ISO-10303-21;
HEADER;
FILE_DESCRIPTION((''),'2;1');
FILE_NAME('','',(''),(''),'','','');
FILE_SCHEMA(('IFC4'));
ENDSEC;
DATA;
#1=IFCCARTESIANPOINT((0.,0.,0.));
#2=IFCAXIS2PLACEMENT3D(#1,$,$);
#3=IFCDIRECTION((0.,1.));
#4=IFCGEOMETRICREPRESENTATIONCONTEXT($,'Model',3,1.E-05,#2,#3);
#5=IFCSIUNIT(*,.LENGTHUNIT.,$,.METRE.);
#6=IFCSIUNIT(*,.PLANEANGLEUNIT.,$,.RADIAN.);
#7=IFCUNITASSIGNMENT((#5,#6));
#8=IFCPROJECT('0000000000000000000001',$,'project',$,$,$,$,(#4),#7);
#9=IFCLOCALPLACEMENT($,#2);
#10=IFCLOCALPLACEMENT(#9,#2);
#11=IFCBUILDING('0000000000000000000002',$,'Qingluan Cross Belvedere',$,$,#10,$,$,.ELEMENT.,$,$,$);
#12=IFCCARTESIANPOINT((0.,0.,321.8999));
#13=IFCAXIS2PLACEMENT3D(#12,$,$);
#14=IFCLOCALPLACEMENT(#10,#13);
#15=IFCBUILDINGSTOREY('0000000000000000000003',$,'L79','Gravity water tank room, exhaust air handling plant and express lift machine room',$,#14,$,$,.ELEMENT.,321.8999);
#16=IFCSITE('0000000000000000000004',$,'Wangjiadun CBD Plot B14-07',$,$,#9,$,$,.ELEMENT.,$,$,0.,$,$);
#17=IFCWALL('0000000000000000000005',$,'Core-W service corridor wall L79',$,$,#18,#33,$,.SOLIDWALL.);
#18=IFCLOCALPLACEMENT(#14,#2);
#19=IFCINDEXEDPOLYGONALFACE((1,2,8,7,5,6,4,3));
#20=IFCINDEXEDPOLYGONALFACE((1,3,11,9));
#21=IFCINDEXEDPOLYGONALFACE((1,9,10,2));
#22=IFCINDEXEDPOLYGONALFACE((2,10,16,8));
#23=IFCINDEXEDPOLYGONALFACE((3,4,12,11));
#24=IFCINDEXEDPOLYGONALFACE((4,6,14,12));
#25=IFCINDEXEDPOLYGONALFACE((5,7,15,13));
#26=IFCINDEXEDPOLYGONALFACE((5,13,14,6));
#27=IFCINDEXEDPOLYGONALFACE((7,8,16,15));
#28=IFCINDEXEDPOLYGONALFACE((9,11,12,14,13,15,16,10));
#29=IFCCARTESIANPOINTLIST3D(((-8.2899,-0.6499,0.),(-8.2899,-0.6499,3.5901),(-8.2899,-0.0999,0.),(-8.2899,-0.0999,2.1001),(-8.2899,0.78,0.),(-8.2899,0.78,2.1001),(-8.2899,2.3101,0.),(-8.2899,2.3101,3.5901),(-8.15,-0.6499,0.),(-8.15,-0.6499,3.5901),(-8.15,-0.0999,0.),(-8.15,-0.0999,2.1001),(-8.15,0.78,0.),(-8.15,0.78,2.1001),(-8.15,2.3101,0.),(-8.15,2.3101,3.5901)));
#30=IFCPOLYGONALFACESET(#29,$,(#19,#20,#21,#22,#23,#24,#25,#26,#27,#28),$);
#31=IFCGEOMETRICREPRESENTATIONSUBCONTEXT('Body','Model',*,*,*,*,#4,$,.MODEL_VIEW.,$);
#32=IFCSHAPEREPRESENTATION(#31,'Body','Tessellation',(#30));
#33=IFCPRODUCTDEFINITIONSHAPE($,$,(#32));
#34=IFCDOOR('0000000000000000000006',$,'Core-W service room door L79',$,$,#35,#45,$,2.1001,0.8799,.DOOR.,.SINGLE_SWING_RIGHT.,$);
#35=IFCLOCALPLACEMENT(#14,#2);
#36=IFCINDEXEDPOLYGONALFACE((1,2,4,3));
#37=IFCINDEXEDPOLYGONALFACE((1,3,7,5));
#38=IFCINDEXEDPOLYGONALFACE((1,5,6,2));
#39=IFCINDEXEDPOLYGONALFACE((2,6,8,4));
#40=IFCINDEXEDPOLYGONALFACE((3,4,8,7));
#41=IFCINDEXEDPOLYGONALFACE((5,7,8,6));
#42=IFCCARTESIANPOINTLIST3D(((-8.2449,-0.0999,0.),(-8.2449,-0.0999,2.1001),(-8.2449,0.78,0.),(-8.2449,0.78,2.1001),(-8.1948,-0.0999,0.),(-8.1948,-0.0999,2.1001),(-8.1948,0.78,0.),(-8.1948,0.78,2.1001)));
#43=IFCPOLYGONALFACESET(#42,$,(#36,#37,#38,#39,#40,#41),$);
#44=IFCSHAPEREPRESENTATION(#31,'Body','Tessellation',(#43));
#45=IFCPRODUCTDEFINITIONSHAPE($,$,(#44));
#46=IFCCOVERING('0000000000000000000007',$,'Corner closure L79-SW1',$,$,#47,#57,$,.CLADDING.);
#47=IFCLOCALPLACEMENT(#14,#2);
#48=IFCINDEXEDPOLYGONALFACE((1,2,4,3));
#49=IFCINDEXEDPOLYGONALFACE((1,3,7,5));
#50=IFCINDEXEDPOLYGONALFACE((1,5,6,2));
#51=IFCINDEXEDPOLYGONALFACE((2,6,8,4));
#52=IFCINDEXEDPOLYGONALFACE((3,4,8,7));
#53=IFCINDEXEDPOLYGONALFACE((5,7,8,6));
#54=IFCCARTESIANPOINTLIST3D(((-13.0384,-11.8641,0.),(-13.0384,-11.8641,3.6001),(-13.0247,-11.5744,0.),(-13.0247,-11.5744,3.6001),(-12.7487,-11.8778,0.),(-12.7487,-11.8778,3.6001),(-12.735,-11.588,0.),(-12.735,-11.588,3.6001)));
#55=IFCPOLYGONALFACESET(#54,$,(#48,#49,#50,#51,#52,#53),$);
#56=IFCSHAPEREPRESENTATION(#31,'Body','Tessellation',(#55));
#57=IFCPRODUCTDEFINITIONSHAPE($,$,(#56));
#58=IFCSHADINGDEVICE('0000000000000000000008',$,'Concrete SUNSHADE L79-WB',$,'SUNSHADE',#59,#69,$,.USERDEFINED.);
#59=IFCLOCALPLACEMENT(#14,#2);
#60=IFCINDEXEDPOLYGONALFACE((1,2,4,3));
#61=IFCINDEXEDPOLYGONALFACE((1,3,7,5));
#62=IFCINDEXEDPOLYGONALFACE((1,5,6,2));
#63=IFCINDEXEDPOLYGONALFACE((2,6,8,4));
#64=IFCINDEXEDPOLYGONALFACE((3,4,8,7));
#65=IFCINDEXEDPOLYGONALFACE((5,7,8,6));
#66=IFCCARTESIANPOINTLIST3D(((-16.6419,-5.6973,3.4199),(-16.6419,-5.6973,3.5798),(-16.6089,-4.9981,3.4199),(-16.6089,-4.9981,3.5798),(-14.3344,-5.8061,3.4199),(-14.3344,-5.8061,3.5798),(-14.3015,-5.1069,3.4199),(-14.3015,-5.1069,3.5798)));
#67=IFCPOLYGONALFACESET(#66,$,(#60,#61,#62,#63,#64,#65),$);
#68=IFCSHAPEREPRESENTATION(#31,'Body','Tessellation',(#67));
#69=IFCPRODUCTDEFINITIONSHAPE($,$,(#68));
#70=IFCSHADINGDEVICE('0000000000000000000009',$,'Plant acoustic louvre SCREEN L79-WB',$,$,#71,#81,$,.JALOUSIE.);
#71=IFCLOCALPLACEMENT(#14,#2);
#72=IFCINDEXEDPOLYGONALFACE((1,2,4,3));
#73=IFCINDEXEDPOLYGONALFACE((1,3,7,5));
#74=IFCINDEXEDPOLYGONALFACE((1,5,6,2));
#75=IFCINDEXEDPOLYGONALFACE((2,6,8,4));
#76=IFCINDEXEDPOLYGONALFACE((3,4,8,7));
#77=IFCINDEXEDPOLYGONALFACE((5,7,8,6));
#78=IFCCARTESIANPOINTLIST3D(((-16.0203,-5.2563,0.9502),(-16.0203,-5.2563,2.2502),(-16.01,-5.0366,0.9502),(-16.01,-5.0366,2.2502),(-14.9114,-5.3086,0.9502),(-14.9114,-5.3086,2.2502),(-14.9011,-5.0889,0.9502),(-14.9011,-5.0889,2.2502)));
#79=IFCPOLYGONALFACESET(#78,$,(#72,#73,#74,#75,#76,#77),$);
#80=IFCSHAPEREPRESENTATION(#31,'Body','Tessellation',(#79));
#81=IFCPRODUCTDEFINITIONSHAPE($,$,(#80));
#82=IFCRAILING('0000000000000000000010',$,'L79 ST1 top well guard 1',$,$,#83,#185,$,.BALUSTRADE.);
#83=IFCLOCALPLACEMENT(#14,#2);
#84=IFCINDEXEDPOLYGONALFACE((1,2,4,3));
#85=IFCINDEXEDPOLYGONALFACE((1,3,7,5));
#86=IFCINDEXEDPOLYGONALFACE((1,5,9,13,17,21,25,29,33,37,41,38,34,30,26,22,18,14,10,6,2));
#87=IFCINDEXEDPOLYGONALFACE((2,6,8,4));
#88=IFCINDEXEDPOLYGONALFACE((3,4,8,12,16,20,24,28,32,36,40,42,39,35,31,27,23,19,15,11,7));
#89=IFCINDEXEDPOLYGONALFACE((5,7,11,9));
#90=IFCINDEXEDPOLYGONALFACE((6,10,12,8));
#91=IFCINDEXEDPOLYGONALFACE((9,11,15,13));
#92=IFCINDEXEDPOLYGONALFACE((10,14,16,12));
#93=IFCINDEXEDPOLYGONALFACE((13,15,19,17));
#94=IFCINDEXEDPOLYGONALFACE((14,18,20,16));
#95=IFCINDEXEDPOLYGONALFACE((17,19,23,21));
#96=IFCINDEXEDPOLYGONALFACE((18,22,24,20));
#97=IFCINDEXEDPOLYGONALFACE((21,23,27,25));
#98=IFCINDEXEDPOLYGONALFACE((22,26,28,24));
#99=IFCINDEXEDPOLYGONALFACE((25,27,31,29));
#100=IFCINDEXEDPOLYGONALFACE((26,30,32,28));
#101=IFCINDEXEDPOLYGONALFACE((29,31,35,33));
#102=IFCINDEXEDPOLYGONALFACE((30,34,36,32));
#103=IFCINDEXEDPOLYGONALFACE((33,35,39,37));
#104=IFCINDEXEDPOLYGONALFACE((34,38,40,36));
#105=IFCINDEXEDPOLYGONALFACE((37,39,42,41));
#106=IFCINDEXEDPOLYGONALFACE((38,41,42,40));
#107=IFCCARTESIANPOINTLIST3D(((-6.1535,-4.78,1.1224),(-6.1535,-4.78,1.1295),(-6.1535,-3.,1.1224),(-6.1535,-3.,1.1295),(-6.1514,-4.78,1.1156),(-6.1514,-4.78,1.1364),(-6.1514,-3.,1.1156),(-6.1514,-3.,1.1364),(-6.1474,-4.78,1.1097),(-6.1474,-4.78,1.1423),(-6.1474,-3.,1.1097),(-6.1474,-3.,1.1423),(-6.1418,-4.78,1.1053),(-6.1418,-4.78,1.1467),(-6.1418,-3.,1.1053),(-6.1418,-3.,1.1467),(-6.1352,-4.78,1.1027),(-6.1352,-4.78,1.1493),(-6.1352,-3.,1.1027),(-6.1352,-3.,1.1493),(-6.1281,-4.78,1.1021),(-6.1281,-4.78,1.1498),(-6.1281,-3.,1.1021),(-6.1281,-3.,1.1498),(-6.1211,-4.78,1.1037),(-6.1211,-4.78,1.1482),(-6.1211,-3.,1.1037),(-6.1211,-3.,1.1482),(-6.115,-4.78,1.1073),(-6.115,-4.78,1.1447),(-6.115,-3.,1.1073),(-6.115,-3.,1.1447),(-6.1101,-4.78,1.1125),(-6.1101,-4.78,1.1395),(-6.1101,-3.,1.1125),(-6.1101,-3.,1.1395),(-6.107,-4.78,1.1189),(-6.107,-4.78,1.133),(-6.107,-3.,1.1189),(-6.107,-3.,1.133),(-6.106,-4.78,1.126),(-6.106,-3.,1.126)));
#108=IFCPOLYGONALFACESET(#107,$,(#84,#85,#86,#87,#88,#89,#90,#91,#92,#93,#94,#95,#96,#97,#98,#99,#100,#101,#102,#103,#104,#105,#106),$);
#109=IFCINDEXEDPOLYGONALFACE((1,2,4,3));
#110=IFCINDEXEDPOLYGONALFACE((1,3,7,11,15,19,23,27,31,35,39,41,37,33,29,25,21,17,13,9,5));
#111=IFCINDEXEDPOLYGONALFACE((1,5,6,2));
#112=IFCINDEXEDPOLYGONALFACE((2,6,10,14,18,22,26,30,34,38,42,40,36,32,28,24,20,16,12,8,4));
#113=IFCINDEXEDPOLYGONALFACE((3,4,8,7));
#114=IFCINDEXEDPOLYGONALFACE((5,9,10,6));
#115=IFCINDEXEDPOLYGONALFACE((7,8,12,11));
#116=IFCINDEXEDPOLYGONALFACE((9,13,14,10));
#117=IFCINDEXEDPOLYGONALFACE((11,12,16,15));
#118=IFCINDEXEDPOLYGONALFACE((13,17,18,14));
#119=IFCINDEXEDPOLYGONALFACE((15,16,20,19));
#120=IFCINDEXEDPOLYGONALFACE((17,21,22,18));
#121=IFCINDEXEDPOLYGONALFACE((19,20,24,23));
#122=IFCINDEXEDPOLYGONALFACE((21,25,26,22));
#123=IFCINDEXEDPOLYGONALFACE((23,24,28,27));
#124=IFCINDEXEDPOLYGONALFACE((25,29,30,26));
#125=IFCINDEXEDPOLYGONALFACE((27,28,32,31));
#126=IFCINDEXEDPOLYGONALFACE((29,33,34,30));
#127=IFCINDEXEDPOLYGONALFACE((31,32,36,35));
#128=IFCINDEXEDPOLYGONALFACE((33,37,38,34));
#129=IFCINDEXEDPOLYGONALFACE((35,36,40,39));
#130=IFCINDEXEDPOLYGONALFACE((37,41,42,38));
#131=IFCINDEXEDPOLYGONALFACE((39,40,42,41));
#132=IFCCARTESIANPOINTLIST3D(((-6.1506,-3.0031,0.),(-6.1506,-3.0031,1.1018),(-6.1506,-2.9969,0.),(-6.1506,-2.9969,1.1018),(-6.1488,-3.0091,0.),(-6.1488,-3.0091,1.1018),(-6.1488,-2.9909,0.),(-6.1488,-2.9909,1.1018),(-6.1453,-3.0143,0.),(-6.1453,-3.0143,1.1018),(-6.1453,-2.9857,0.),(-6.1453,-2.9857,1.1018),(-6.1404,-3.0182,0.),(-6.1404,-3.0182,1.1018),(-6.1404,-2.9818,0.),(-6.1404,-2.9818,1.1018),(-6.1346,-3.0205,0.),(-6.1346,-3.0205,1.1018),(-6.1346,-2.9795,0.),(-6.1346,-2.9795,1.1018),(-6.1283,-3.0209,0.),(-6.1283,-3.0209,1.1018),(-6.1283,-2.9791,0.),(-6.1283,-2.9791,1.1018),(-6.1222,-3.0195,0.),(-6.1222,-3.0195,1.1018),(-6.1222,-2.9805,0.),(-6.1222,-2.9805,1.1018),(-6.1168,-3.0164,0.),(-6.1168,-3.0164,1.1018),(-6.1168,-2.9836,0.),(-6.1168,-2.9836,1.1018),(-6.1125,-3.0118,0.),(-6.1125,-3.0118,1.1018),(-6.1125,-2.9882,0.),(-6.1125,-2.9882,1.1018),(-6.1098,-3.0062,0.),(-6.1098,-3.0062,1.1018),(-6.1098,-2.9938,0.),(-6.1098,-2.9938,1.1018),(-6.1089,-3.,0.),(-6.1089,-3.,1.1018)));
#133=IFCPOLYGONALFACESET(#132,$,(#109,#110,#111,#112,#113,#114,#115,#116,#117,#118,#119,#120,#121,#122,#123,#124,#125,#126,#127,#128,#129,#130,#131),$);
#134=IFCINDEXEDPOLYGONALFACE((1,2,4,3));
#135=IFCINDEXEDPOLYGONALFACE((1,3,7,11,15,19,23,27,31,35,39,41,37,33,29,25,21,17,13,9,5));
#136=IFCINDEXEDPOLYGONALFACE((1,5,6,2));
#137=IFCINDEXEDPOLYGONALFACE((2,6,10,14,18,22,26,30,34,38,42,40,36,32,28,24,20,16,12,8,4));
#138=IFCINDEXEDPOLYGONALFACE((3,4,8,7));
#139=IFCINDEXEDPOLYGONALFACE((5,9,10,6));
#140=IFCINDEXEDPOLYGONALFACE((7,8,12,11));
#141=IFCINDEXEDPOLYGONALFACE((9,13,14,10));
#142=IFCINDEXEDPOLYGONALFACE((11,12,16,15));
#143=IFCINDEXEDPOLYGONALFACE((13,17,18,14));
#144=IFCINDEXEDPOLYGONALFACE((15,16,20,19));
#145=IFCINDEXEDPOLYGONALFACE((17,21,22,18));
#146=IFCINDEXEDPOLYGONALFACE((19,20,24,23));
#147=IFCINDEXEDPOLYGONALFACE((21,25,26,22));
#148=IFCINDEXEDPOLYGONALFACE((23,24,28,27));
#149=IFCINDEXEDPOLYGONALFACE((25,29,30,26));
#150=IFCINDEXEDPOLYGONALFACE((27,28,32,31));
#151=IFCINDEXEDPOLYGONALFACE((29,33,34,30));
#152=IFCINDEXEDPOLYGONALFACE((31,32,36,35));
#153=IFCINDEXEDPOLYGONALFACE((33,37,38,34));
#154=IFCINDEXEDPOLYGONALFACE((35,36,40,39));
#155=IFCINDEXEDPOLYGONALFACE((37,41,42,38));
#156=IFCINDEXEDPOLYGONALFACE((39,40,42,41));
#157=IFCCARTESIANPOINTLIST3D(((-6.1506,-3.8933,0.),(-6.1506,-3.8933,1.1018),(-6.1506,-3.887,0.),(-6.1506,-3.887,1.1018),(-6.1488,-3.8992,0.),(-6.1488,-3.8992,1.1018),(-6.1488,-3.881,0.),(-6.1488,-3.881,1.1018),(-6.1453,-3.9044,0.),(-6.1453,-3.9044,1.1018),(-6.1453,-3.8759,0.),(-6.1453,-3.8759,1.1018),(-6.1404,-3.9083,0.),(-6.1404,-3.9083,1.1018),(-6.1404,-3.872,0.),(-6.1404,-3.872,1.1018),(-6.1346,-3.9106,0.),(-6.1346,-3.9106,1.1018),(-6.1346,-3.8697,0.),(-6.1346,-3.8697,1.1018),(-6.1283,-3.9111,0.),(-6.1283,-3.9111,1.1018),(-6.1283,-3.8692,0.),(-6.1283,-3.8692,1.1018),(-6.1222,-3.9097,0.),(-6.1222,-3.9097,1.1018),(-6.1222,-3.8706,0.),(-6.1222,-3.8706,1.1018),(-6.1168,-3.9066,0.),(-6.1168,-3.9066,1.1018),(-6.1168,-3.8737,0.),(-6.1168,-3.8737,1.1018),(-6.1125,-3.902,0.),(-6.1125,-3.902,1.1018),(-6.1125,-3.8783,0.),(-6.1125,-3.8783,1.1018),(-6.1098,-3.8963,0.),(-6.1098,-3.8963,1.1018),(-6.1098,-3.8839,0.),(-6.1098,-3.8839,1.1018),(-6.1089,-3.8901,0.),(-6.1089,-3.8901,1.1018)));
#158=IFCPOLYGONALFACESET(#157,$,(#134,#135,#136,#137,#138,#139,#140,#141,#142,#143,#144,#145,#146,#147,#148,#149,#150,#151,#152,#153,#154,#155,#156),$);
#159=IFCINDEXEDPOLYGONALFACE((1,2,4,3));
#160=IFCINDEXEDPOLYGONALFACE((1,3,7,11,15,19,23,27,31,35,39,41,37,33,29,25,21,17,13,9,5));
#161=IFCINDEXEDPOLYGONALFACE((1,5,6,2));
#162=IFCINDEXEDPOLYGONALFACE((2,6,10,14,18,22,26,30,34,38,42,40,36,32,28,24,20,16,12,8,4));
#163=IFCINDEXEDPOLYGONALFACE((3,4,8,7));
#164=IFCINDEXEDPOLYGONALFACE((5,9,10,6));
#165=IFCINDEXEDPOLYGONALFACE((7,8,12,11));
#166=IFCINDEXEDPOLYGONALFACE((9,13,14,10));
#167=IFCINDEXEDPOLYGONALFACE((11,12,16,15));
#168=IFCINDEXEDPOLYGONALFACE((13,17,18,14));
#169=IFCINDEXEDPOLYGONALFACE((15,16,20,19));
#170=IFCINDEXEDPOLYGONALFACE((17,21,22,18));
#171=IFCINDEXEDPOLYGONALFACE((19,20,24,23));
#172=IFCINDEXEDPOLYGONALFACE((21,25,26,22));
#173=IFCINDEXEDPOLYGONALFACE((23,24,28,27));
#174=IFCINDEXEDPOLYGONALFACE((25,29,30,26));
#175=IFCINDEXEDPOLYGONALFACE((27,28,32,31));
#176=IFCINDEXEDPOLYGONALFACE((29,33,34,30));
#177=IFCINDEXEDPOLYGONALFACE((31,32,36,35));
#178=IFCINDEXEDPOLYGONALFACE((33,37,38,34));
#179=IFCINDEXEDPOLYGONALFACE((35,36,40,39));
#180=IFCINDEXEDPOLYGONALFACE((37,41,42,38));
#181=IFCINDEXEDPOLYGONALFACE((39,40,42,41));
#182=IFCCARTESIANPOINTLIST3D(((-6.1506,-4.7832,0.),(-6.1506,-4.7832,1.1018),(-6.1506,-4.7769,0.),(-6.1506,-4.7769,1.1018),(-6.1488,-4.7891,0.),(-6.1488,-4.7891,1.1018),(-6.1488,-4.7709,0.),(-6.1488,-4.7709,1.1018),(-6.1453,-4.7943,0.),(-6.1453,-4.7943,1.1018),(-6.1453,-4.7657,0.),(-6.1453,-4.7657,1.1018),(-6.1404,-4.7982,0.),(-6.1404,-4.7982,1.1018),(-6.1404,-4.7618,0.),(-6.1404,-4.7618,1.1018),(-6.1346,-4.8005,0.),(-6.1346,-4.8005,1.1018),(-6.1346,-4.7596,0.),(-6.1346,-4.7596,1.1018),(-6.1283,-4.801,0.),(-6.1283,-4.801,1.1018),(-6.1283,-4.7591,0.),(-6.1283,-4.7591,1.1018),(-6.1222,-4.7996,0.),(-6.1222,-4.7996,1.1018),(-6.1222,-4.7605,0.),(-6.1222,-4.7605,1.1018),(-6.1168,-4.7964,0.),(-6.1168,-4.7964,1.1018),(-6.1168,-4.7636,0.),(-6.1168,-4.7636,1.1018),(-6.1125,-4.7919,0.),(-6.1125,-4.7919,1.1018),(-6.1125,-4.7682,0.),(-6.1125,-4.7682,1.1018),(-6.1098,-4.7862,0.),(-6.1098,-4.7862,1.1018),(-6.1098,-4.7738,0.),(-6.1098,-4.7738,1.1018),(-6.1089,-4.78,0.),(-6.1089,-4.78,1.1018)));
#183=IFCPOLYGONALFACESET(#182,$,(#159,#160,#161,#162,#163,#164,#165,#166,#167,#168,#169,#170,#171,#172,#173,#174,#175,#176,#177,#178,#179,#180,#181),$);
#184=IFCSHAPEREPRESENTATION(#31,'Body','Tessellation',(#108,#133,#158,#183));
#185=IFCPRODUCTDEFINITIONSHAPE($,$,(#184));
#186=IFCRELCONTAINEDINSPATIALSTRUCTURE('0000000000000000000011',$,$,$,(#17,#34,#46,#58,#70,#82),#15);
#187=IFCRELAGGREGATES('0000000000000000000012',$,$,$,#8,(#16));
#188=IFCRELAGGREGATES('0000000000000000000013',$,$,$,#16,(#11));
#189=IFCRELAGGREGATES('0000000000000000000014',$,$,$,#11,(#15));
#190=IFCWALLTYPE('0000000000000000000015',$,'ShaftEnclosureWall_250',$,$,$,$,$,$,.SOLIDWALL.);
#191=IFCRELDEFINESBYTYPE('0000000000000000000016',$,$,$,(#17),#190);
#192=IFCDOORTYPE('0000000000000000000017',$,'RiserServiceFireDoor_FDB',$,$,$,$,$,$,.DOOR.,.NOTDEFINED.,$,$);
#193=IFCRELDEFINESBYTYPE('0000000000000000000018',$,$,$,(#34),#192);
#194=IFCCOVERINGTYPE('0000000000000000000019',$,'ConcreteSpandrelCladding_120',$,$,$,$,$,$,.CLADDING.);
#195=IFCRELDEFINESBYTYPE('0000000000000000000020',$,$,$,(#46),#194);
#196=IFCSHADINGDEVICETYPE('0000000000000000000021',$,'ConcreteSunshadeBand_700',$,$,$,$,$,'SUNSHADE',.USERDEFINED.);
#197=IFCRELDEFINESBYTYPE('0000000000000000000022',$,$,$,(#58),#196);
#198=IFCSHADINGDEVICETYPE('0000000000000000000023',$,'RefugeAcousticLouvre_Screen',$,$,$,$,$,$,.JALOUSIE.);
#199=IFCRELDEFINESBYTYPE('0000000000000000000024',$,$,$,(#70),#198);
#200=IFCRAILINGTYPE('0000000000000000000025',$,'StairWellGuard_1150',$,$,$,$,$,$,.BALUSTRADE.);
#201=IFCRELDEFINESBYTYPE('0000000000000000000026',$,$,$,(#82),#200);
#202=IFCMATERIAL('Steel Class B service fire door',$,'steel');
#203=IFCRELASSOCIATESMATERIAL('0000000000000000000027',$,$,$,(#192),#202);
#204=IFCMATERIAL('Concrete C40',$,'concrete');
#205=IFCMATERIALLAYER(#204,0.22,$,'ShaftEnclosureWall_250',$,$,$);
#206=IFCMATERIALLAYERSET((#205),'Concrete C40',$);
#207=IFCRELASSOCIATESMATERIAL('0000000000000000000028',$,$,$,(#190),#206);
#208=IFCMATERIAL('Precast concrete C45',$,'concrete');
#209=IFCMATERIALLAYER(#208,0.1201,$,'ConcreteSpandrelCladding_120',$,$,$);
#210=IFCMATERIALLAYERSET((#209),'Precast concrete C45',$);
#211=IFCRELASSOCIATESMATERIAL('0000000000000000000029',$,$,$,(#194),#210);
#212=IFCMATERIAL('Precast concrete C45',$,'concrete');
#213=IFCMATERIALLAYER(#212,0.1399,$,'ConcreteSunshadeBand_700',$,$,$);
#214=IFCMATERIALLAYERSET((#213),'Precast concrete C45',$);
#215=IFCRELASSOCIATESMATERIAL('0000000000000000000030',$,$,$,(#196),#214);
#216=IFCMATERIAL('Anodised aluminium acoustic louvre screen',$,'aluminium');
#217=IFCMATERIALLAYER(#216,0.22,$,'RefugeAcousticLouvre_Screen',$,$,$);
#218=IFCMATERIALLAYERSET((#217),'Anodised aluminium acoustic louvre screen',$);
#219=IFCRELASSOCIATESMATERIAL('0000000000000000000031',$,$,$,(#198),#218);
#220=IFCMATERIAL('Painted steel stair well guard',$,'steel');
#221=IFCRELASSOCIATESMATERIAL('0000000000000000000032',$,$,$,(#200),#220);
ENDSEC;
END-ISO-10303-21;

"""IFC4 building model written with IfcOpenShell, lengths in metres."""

from ifc_helpers import new_model, si_unit, direction, frame, frame_2d, origin, origin_2d, place, context, subcontext, project, spatial, rectangle, circle, extrude, material, layer, layer_set, type_object, element, fill, save


model = new_model("IFC4")

# Units and contexts
model_context = context("Model", 3, precision=1e-05, world=origin(), true_north=direction((0.0, 1.0)))
body_context = subcontext(model_context, "Body", "Model", "MODEL_VIEW")
ifc_project = project(units=[si_unit("LENGTHUNIT", "METRE"), si_unit("PLANEANGLEUNIT", "RADIAN")], contexts=[model_context])

# Site, building, storey
site_placement = place(None, origin())
site = spatial("IfcSite", under=ifc_project, at=site_placement, Name="Wangjiadun CBD Plot B14-07", CompositionType="ELEMENT", RefElevation=0.0)
building_placement = place(site_placement, origin())
building = spatial("IfcBuilding", under=site, at=building_placement, Name="Qingluan Cross Belvedere", CompositionType="ELEMENT")
storey_placement = place(building_placement, frame((0.0, 0.0, 321.8999)))
storey = spatial("IfcBuildingStorey", under=building, at=storey_placement, Name="L79", Description="Gravity water tank room, exhaust air handling plant and express lift machine room", CompositionType="ELEMENT", Elevation=321.8999)

# Shared definitions
ifc_material_1 = material(Name="Steel Class B service fire door", Category="steel")
door_type_1 = type_object("IfcDoorType", Name="RiserServiceFireDoor_FDB", OperationType="NOTDEFINED", PredefinedType="DOOR", material=ifc_material_1)

# Shared definitions
ifc_material_2 = material(Name="Concrete C40", Category="concrete")
ifc_layer_1 = layer(ifc_material_2, 0.22, Name="ShaftEnclosureWall_250")
ifc_layer_set_1 = layer_set([ifc_layer_1], Name="Concrete C40")
wall_type_1 = type_object("IfcWallType", Name="ShaftEnclosureWall_250", PredefinedType="SOLIDWALL", material=ifc_layer_set_1)

# Wall, opening, door
wall_1_placement = place(storey_placement, frame((-8.22, -0.6499, 0.0), z_axis=(0.0, 0.0, 1.0), x_axis=(0.0, 1.0, 0.0)))
wall_1 = element("IfcWall", 1, at=wall_1_placement, inside=storey, type_object=wall_type_1, Name="Core-W service corridor wall L79", PredefinedType="SOLIDWALL", context=body_context, shape_type="SweptSolid", body=[
    extrude(rectangle(XDim=2.96, YDim=0.1399, at=frame_2d((1.48, 0.0))), origin(), (0.0, 0.0, 1.0), 3.5901),
])
opening_1_placement = place(wall_1_placement, frame((0.55, 0.0, 0.0)))
opening_1 = element("IfcOpeningElement", 2, at=opening_1_placement, cuts=wall_1, PredefinedType="OPENING", context=body_context, shape_type="SweptSolid", body=[
    extrude(rectangle(XDim=0.8799, YDim=2.1001, at=frame_2d((0.4399, 1.05))), frame((0.0, 0.0798, 0.0), z_axis=(0.0, -1.0, 0.0), x_axis=(1.0, 0.0, 0.0)), (0.0, 0.0, 1.0), 0.1599),
])
door_1_placement = place(opening_1_placement, origin())
door_1 = element("IfcDoor", 3, at=door_1_placement, inside=storey, type_object=door_type_1, Name="Core-W service room door L79", OperationType="SINGLE_SWING_RIGHT", OverallHeight=2.1001, OverallWidth=0.8799, PredefinedType="DOOR", context=body_context, shape_type="SweptSolid", body=[
    extrude(rectangle(XDim=0.8799, YDim=2.1001, at=frame_2d((0.4399, 1.05))), frame((0.0, 0.0249, 0.0), z_axis=(0.0, -1.0, 0.0), x_axis=(1.0, 0.0, 0.0)), (0.0, 0.0, 1.0), 0.05),
])
fill(opening_1, door_1)

# Covering
ifc_material_3 = material(Name="Precast concrete C45", Category="concrete")
ifc_layer_2 = layer(ifc_material_3, 0.1201, Name="ConcreteSpandrelCladding_120")
ifc_layer_set_2 = layer_set([ifc_layer_2], Name="Precast concrete C45")
covering_type = type_object("IfcCoveringType", Name="ConcreteSpandrelCladding_120", PredefinedType="CLADDING", material=ifc_layer_set_2)
covering_placement = place(storey_placement, frame((-12.8867, -11.7261, 0.0), z_axis=(0.0, 0.0, 1.0), x_axis=(0.99889, -0.047106, 0.0)))
element("IfcCovering", 4, at=covering_placement, inside=storey, type_object=covering_type, Name="Corner closure L79-SW1", PredefinedType="CLADDING", context=body_context, shape_type="SweptSolid", body=[
    extrude(rectangle(XDim=0.29, YDim=0.29, at=origin_2d()), origin(), (0.0, 0.0, 1.0), 3.6001),
])

# Shading devices
ifc_material_4 = material(Name="Precast concrete C45", Category="concrete")
ifc_layer_3 = layer(ifc_material_4, 0.1399, Name="ConcreteSunshadeBand_700")
ifc_layer_set_3 = layer_set([ifc_layer_3], Name="Precast concrete C45")
shading_device_type_1 = type_object("IfcShadingDeviceType", Name="ConcreteSunshadeBand_700", ElementType="SUNSHADE", PredefinedType="USERDEFINED", material=ifc_layer_set_3)
shading_device_1_placement = place(storey_placement, frame((-15.4717, -5.4021, 3.4199), z_axis=(0.0, 0.0, 1.0), x_axis=(0.998891, -0.047092, 0.0)))
element("IfcShadingDevice", 5, at=shading_device_1_placement, inside=storey, type_object=shading_device_type_1, Name="Concrete SUNSHADE L79-WB", ObjectType="SUNSHADE", PredefinedType="USERDEFINED", context=body_context, shape_type="SweptSolid", body=[
    extrude(rectangle(XDim=2.3101, YDim=0.7, at=origin_2d()), origin(), (0.0, 0.0, 1.0), 0.1599),
])
ifc_material_5 = material(Name="Anodised aluminium acoustic louvre screen", Category="aluminium")
ifc_layer_4 = layer(ifc_material_5, 0.22, Name="RefugeAcousticLouvre_Screen")
ifc_layer_set_4 = layer_set([ifc_layer_4], Name="Anodised aluminium acoustic louvre screen")
shading_device_type_2 = type_object("IfcShadingDeviceType", Name="RefugeAcousticLouvre_Screen", PredefinedType="JALOUSIE", material=ifc_layer_set_4)
shading_device_2_placement = place(storey_placement, frame((-15.4607, -5.1726, 0.9502), z_axis=(0.0, 0.0, 1.0), x_axis=(0.998891, -0.047092, 0.0)))
element("IfcShadingDevice", 6, at=shading_device_2_placement, inside=storey, type_object=shading_device_type_2, Name="Plant acoustic louvre SCREEN L79-WB", PredefinedType="JALOUSIE", context=body_context, shape_type="SweptSolid", body=[
    extrude(rectangle(XDim=1.1101, YDim=0.22, at=origin_2d()), origin(), (0.0, 0.0, 1.0), 1.3),
])

# Railing
ifc_material_6 = material(Name="Painted steel stair well guard", Category="steel")
railing_type = type_object("IfcRailingType", Name="StairWellGuard_1150", PredefinedType="BALUSTRADE", material=ifc_material_6)
railing_placement = place(storey_placement, frame((-6.1299, -3.0, 0.0)))
element("IfcRailing", 7, at=railing_placement, inside=storey, type_object=railing_type, Name="L79 ST1 top well guard 1", PredefinedType="BALUSTRADE", context=body_context, shape_type="SweptSolid", body=[
    extrude(circle(Radius=0.0239, at=origin_2d()), frame((0.0, 0.0, 1.126), z_axis=(0.0, -1.0, 0.0), x_axis=(1.0, 0.0, 0.0)), (0.0, 0.0, 1.0), 1.78),
    extrude(circle(Radius=0.021, at=origin_2d()), origin(), (0.0, 0.0, 1.0), 1.1018),
    extrude(circle(Radius=0.021, at=origin_2d()), frame((0.0, -0.8901, 0.0)), (0.0, 0.0, 1.0), 1.1018),
    extrude(circle(Radius=0.021, at=origin_2d()), frame((0.0, -1.78, 0.0)), (0.0, 0.0, 1.0), 1.1018),
])

save(model, "model.ifc")
